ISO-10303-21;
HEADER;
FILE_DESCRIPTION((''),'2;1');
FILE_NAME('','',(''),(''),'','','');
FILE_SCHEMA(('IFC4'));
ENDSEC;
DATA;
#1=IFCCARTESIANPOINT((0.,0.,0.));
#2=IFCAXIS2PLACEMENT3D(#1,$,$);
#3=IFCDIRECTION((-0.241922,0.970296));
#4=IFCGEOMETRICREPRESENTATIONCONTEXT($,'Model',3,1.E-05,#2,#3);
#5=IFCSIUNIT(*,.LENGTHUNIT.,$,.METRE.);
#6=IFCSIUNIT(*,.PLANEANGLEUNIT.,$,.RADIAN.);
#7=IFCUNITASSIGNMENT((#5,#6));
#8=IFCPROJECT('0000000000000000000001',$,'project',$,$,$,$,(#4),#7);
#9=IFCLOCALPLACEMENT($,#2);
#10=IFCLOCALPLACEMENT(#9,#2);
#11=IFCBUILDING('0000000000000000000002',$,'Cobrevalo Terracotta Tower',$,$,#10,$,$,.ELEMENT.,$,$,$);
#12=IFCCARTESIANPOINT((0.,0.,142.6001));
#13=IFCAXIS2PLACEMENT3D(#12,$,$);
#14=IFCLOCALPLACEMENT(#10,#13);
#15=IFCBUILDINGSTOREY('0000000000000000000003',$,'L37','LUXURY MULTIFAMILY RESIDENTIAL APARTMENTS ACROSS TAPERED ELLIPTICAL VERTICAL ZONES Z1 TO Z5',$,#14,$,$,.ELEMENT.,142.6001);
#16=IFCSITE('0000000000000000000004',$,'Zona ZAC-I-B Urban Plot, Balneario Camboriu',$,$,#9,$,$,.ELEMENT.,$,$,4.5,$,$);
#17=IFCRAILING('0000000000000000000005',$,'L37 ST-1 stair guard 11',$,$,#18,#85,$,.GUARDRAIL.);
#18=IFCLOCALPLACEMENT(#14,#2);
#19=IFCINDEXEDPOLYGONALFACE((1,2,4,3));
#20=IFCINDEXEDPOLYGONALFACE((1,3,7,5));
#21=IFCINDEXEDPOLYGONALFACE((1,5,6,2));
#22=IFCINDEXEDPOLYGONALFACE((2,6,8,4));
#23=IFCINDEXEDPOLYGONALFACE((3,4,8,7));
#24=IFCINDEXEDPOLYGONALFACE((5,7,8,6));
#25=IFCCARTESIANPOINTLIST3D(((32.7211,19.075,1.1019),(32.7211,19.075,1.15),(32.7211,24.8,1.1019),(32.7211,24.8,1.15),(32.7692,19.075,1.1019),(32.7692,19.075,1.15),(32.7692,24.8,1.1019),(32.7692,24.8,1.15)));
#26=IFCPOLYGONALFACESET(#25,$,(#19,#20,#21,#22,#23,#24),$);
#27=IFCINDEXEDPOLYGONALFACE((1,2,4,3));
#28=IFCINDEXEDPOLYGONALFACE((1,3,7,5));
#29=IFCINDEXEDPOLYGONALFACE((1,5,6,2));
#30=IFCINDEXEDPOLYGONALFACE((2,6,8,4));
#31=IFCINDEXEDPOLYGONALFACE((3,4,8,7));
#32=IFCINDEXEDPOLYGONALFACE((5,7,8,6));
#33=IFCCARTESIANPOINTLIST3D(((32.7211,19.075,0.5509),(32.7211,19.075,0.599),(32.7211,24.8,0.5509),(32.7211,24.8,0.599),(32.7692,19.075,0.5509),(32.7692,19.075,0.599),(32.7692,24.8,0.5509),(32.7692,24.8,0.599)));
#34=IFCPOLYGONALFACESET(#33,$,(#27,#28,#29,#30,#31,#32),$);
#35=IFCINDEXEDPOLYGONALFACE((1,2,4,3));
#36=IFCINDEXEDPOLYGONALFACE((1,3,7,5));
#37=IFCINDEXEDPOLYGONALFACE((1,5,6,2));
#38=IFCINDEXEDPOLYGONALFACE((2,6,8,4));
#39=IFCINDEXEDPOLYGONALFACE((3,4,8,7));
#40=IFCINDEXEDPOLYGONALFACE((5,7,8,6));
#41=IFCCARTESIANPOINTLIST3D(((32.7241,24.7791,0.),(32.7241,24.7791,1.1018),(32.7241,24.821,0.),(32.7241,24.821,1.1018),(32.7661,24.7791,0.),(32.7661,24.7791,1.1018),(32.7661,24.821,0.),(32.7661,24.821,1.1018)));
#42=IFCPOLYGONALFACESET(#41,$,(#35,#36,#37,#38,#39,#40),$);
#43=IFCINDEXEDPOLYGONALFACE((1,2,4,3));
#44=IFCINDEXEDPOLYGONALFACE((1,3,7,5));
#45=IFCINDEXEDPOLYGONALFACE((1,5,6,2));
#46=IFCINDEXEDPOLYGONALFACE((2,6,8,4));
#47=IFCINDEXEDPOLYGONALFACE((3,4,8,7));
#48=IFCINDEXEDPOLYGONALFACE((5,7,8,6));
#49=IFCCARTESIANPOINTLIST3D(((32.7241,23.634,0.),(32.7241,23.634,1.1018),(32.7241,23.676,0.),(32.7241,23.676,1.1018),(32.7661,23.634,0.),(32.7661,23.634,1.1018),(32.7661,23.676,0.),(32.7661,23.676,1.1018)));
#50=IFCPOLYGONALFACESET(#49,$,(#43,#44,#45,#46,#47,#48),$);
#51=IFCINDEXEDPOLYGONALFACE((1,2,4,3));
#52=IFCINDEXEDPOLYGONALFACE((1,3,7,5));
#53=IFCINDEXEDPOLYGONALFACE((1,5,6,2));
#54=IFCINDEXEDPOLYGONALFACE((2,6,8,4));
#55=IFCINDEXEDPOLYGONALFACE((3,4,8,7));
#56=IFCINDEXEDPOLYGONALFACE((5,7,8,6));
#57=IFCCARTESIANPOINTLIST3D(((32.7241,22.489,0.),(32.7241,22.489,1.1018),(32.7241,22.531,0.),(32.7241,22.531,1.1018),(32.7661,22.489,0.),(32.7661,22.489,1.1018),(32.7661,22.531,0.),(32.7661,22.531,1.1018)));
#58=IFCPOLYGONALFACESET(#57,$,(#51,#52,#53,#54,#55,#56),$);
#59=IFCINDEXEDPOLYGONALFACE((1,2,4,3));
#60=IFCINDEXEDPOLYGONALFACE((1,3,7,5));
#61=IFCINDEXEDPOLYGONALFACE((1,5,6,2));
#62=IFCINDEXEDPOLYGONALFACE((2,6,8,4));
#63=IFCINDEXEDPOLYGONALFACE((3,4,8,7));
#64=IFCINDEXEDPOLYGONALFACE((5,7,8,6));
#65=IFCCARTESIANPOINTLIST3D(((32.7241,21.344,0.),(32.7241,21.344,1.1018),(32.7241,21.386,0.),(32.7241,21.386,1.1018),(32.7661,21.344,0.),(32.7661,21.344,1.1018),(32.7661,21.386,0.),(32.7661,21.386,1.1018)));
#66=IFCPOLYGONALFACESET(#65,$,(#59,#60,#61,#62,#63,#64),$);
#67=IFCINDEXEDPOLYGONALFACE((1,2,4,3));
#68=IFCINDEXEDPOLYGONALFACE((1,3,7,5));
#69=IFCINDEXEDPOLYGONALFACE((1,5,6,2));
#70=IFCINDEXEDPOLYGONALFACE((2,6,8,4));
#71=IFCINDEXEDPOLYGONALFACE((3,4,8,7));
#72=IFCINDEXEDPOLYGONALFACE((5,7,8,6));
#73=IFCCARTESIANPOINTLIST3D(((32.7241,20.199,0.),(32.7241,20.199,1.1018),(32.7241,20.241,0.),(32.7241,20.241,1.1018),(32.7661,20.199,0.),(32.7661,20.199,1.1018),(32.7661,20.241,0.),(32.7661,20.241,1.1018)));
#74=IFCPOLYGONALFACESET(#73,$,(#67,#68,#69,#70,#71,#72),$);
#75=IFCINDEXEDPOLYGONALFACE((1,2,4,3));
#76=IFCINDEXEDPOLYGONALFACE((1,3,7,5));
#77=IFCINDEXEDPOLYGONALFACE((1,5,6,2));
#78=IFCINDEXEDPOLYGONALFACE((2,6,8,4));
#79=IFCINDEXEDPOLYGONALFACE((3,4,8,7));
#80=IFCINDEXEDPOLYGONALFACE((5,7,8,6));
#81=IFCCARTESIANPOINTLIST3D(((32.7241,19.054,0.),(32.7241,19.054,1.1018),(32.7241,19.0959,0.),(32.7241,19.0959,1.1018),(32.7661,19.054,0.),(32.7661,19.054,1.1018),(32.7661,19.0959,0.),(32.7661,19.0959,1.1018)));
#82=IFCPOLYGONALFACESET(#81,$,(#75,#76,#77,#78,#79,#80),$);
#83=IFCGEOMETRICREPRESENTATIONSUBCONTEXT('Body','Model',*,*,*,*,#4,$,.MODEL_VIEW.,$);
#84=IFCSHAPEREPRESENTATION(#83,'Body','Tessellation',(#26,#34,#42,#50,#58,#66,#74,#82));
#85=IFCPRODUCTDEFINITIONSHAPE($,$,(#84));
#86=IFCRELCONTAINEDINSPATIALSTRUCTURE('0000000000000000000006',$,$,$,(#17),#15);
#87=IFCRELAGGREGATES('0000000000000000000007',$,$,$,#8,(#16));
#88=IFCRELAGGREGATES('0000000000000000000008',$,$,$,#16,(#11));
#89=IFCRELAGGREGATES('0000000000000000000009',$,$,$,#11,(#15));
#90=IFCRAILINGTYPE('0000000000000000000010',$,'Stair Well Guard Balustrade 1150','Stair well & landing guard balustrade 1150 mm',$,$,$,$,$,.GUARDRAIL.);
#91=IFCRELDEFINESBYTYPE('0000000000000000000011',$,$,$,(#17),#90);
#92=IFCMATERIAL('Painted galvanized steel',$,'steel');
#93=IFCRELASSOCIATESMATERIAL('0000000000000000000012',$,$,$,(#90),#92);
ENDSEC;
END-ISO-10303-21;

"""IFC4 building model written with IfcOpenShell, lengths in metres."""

from ifc_helpers import new_model, si_unit, direction, frame, origin, origin_2d, place, context, subcontext, project, spatial, rectangle, extrude, material, type_object, element, save


model = new_model("IFC4")

# Units and contexts
model_context = context("Model", 3, precision=1e-05, world=origin(), true_north=direction((-0.241922, 0.970296)))
body_context = subcontext(model_context, "Body", "Model", "MODEL_VIEW")
ifc_project = project(units=[si_unit("LENGTHUNIT", "METRE"), si_unit("PLANEANGLEUNIT", "RADIAN")], contexts=[model_context])

# Site, building, storey
site_placement = place(None, origin())
site = spatial("IfcSite", under=ifc_project, at=site_placement, Name="Zona ZAC-I-B Urban Plot, Balneario Camboriu", CompositionType="ELEMENT", RefElevation=4.5)
building_placement = place(site_placement, origin())
building = spatial("IfcBuilding", under=site, at=building_placement, Name="Cobrevalo Terracotta Tower", CompositionType="ELEMENT")
storey_placement = place(building_placement, frame((0.0, 0.0, 142.6001)))
storey = spatial("IfcBuildingStorey", under=building, at=storey_placement, Name="L37", Description="LUXURY MULTIFAMILY RESIDENTIAL APARTMENTS ACROSS TAPERED ELLIPTICAL VERTICAL ZONES Z1 TO Z5", CompositionType="ELEMENT", Elevation=142.6001)

# Railing
ifc_material_1 = material(Name="Painted galvanized steel", Category="steel")
railing_type_1 = type_object("IfcRailingType", Name="Stair Well Guard Balustrade 1150", Description="Stair well & landing guard balustrade 1150 mm", PredefinedType="GUARDRAIL", material=ifc_material_1)
for number, where, name in (
    (1, (32.7451, 24.8, 0.0), "L37 ST-1 stair guard 11"),
):
    element("IfcRailing", number, at=place(storey_placement, frame(where)), inside=storey, type_object=railing_type_1, Name=name, PredefinedType="GUARDRAIL", context=body_context, shape_type="SweptSolid", body=[
        extrude(rectangle(XDim=0.0481, YDim=0.0481, at=origin_2d()), frame((0.0, 0.0, 1.126), z_axis=(0.0, -1.0, 0.0), x_axis=(1.0, 0.0, 0.0)), (0.0, 0.0, 1.0), 5.7251),
        extrude(rectangle(XDim=0.0481, YDim=0.0481, at=origin_2d()), frame((0.0, 0.0, 0.575), z_axis=(0.0, -1.0, 0.0), x_axis=(1.0, 0.0, 0.0)), (0.0, 0.0, 1.0), 5.7251),
        extrude(rectangle(XDim=0.042, YDim=0.042, at=origin_2d()), origin(), (0.0, 0.0, 1.0), 1.1018),
        extrude(rectangle(XDim=0.042, YDim=0.042, at=origin_2d()), frame((0.0, -1.145, 0.0)), (0.0, 0.0, 1.0), 1.1018),
        extrude(rectangle(XDim=0.042, YDim=0.042, at=origin_2d()), frame((0.0, -2.29, 0.0)), (0.0, 0.0, 1.0), 1.1018),
        extrude(rectangle(XDim=0.042, YDim=0.042, at=origin_2d()), frame((0.0, -3.4351, 0.0)), (0.0, 0.0, 1.0), 1.1018),
        extrude(rectangle(XDim=0.042, YDim=0.042, at=origin_2d()), frame((0.0, -4.5801, 0.0)), (0.0, 0.0, 1.0), 1.1018),
        extrude(rectangle(XDim=0.042, YDim=0.042, at=origin_2d()), frame((0.0, -5.7251, 0.0)), (0.0, 0.0, 1.0), 1.1018),
    ])

save(model, "model.ifc")
